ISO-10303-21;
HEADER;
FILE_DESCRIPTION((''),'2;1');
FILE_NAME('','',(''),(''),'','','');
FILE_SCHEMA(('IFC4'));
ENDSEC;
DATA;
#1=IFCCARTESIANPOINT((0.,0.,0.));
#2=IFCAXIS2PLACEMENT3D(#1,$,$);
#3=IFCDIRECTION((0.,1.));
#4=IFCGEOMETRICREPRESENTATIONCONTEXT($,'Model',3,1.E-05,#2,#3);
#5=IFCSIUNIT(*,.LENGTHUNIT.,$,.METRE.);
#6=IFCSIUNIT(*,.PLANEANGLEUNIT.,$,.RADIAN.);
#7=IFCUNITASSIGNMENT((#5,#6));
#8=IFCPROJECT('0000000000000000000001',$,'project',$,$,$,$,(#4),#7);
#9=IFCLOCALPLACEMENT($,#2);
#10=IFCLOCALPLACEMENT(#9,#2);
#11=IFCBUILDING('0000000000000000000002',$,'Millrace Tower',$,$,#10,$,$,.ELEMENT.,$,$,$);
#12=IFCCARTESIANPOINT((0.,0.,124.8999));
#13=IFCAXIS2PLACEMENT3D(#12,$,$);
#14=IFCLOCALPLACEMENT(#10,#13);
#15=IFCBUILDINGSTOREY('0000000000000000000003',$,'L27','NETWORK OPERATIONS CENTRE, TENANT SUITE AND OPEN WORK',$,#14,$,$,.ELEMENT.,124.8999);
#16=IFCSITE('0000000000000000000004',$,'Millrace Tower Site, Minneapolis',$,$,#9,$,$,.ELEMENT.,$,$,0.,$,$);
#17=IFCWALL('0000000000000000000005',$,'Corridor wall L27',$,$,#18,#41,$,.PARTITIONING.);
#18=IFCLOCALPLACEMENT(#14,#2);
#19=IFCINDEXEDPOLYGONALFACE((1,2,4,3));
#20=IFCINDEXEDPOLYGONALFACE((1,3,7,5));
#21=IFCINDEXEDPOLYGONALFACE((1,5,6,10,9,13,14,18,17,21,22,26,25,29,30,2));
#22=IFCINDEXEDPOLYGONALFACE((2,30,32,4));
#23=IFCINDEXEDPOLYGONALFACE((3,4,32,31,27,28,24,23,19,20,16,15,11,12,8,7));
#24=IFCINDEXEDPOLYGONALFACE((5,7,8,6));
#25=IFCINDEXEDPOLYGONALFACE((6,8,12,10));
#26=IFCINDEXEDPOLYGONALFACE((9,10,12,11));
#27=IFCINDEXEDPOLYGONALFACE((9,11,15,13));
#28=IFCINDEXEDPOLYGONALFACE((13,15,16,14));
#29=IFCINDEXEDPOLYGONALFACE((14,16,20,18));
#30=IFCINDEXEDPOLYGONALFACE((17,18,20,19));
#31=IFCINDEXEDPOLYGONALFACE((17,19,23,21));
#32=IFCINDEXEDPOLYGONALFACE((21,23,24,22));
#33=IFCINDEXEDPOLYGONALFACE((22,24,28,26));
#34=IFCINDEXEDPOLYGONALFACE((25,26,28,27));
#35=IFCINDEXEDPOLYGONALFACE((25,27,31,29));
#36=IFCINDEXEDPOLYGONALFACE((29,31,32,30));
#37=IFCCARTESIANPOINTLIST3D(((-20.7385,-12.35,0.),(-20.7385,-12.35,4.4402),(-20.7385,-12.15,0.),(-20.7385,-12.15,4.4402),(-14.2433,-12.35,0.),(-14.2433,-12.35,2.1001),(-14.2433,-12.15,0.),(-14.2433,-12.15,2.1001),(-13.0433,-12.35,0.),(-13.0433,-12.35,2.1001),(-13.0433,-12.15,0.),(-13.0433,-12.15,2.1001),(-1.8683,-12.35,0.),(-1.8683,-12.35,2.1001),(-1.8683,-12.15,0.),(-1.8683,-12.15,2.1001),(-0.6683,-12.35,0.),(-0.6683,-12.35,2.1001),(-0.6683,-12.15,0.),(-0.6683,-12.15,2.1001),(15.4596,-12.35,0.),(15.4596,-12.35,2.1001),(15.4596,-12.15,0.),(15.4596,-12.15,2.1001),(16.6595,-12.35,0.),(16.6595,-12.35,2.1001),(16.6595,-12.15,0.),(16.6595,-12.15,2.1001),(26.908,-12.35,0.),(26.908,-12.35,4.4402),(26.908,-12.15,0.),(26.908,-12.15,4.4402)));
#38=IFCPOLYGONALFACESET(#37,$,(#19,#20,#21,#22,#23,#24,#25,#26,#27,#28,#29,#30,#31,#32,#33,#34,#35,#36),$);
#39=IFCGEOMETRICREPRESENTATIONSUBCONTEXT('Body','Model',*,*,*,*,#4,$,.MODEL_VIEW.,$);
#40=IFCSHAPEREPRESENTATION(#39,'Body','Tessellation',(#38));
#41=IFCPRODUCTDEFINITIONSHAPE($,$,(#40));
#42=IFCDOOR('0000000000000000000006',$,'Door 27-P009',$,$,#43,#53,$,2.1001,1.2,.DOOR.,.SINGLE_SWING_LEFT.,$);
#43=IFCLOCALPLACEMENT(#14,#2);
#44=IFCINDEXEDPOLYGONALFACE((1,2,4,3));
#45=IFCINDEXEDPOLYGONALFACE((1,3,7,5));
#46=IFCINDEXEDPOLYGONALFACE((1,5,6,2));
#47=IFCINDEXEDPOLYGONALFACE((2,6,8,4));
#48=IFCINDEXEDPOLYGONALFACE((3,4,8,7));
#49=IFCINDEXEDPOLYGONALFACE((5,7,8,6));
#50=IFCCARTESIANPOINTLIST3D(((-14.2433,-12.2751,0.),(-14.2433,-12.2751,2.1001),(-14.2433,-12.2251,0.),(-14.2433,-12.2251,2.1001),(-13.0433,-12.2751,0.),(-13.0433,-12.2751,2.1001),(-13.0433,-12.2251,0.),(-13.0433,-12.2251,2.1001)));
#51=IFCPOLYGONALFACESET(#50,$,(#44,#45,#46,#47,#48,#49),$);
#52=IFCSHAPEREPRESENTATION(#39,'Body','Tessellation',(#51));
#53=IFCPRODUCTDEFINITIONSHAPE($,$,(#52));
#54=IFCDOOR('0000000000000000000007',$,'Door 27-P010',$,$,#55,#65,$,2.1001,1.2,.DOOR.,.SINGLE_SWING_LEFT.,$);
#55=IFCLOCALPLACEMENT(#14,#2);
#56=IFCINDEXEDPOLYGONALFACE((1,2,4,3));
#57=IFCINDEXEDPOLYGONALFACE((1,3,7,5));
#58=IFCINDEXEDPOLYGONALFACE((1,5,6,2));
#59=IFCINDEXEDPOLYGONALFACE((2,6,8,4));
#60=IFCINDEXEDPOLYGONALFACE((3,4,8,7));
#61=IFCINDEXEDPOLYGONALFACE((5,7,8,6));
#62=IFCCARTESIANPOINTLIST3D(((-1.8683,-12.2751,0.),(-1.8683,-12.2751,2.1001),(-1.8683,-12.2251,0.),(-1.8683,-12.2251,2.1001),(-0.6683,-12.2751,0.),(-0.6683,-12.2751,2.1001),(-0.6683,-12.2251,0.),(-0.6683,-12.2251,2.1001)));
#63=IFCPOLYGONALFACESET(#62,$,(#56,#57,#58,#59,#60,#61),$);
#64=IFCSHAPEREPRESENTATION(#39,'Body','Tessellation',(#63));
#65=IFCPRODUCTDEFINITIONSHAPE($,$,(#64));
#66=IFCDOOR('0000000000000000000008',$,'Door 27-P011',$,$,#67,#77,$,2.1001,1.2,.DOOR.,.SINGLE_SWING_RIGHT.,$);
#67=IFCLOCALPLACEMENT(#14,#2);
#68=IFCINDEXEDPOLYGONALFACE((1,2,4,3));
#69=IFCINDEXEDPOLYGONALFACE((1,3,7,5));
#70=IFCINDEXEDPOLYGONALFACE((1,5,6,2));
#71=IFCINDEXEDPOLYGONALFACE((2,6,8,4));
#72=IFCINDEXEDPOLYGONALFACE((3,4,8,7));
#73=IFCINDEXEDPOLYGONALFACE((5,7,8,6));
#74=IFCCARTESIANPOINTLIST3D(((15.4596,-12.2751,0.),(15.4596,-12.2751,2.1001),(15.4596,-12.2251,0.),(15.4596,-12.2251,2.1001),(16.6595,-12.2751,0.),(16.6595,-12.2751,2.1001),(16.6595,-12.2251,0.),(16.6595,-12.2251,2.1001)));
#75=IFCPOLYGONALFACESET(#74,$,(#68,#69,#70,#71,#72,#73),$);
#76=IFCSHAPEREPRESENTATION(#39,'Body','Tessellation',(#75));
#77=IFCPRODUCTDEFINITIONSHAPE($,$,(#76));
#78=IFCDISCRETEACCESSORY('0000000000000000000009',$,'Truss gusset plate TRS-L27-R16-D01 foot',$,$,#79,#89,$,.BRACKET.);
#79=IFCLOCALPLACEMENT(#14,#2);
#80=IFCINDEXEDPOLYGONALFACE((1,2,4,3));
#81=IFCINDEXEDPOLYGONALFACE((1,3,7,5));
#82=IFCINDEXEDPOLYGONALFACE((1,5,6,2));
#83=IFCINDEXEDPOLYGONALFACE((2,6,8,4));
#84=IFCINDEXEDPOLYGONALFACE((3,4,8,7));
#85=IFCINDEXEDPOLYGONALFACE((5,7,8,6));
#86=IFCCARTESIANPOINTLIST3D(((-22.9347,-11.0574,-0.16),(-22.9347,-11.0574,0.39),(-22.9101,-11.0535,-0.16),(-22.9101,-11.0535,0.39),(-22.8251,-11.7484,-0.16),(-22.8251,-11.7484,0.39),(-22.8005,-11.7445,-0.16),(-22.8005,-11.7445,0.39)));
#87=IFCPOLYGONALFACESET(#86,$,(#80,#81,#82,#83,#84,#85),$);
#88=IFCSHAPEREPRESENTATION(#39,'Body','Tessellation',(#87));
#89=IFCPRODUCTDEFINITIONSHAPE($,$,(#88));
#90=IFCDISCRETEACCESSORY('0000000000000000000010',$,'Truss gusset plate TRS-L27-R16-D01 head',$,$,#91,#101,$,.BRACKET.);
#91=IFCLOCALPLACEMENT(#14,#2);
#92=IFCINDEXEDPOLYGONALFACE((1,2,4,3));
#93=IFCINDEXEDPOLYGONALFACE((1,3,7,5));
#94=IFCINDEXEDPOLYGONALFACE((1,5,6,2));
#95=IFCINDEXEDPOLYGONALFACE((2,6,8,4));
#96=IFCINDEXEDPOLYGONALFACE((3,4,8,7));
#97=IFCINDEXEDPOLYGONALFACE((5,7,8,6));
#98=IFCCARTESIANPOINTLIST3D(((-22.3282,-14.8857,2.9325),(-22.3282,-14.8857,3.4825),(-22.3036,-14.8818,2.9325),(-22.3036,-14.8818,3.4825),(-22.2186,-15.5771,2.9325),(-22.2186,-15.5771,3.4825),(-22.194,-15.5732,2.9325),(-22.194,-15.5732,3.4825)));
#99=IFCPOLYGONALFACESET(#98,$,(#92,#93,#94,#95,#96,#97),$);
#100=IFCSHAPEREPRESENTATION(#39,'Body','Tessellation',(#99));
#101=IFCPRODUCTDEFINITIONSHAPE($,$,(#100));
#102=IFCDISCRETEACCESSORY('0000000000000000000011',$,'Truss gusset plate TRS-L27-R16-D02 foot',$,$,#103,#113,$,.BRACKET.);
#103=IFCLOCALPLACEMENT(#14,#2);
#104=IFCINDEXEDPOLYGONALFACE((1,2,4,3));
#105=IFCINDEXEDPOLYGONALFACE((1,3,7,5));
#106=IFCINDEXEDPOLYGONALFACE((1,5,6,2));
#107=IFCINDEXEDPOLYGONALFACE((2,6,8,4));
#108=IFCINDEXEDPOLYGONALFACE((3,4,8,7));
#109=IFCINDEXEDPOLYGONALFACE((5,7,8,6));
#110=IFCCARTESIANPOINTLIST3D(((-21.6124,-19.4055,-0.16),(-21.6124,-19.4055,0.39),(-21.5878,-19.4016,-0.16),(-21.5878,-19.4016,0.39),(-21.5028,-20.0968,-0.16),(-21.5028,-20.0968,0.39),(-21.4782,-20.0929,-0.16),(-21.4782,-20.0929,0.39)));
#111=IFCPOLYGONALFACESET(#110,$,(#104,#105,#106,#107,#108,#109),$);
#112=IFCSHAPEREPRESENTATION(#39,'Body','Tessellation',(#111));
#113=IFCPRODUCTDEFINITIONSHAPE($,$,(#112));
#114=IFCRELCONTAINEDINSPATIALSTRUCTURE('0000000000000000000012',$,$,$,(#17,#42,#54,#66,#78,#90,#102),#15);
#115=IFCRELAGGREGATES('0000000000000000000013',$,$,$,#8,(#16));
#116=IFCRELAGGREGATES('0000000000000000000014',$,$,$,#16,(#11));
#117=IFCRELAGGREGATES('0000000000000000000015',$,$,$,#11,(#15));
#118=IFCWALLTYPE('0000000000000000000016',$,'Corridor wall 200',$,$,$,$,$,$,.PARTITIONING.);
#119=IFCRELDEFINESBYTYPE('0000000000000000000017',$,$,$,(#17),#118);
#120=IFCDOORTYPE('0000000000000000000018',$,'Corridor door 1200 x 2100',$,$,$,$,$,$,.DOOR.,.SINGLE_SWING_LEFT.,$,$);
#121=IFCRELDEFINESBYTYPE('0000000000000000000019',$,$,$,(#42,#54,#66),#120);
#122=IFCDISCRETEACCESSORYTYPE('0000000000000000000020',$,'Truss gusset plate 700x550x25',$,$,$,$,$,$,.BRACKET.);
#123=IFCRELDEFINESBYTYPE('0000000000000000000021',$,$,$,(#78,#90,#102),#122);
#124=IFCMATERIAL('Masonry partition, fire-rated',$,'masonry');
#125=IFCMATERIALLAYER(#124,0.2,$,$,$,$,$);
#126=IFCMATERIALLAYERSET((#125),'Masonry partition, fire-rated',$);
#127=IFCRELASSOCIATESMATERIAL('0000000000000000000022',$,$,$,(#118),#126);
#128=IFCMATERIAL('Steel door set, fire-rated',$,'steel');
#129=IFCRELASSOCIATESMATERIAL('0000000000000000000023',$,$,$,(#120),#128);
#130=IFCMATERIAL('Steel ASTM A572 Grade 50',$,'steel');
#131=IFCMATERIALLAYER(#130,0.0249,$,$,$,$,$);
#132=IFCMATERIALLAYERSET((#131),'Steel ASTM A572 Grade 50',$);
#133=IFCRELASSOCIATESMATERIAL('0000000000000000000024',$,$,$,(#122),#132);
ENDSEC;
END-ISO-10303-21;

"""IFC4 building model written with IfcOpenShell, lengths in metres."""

from ifc_helpers import new_model, si_unit, direction, frame, frame_2d, origin, origin_2d, place, context, subcontext, project, spatial, rectangle, extrude, material, layer, layer_set, type_object, element, fill, save


model = new_model("IFC4")

# Units and contexts
model_context = context("Model", 3, precision=1e-05, world=origin(), true_north=direction((0.0, 1.0)))
body_context = subcontext(model_context, "Body", "Model", "MODEL_VIEW")
ifc_project = project(units=[si_unit("LENGTHUNIT", "METRE"), si_unit("PLANEANGLEUNIT", "RADIAN")], contexts=[model_context])

# Site, building, storey
site_placement = place(None, origin())
site = spatial("IfcSite", under=ifc_project, at=site_placement, Name="Millrace Tower Site, Minneapolis", CompositionType="ELEMENT", RefElevation=0.0)
building_placement = place(site_placement, origin())
building = spatial("IfcBuilding", under=site, at=building_placement, Name="Millrace Tower", CompositionType="ELEMENT")
storey_placement = place(building_placement, frame((0.0, 0.0, 124.8999)))
storey = spatial("IfcBuildingStorey", under=building, at=storey_placement, Name="L27", Description="NETWORK OPERATIONS CENTRE, TENANT SUITE AND OPEN WORK", CompositionType="ELEMENT", Elevation=124.8999)

# Wall, openings, doors
ifc_material_1 = material(Name="Masonry partition, fire-rated", Category="masonry")
ifc_layer_1 = layer(ifc_material_1, 0.2)
ifc_layer_set_1 = layer_set([ifc_layer_1], Name="Masonry partition, fire-rated")
wall_type = type_object("IfcWallType", Name="Corridor wall 200", PredefinedType="PARTITIONING", material=ifc_layer_set_1)
wall_placement = place(storey_placement, frame((-20.7385, -12.25, 0.0), z_axis=(0.0, 0.0, 1.0), x_axis=(1.0, 0.0, 0.0)))
wall = element("IfcWall", 1, at=wall_placement, inside=storey, type_object=wall_type, Name="Corridor wall L27", PredefinedType="PARTITIONING", context=body_context, shape_type="SweptSolid", body=[
    extrude(rectangle(XDim=47.6465, YDim=0.2, at=frame_2d((23.8232, 0.0))), origin(), (0.0, 0.0, 1.0), 4.4402),
])
opening_1_placement = place(wall_placement, frame((6.4951, 0.0, 0.0)))
opening_1 = element("IfcOpeningElement", 2, at=opening_1_placement, cuts=wall, PredefinedType="OPENING", context=body_context, shape_type="SweptSolid", body=[
    extrude(rectangle(XDim=1.2, YDim=2.1001, at=frame_2d((0.6001, 1.05))), frame((0.0, 0.1099, 0.0), z_axis=(0.0, -1.0, 0.0), x_axis=(1.0, 0.0, 0.0)), (0.0, 0.0, 1.0), 0.22),
])
opening_2_placement = place(wall_placement, frame((18.8701, 0.0, 0.0)))
opening_2 = element("IfcOpeningElement", 3, at=opening_2_placement, cuts=wall, PredefinedType="OPENING", context=body_context, shape_type="SweptSolid", body=[
    extrude(rectangle(XDim=1.2, YDim=2.1001, at=frame_2d((0.6001, 1.05))), frame((0.0, 0.1099, 0.0), z_axis=(0.0, -1.0, 0.0), x_axis=(1.0, 0.0, 0.0)), (0.0, 0.0, 1.0), 0.22),
])
opening_3_placement = place(wall_placement, frame((36.198, 0.0, 0.0)))
opening_3 = element("IfcOpeningElement", 4, at=opening_3_placement, cuts=wall, PredefinedType="OPENING", context=body_context, shape_type="SweptSolid", body=[
    extrude(rectangle(XDim=1.2, YDim=2.1001, at=frame_2d((0.6001, 1.05))), frame((0.0, 0.1099, 0.0), z_axis=(0.0, -1.0, 0.0), x_axis=(1.0, 0.0, 0.0)), (0.0, 0.0, 1.0), 0.22),
])
ifc_material_2 = material(Name="Steel door set, fire-rated", Category="steel")
door_type = type_object("IfcDoorType", Name="Corridor door 1200 x 2100", OperationType="SINGLE_SWING_LEFT", PredefinedType="DOOR", material=ifc_material_2)
door_1_placement = place(opening_1_placement, origin())
door_1 = element("IfcDoor", 5, at=door_1_placement, inside=storey, type_object=door_type, Name="Door 27-P009", OperationType="SINGLE_SWING_LEFT", OverallHeight=2.1001, OverallWidth=1.2, PredefinedType="DOOR", context=body_context, shape_type="SweptSolid", body=[
    extrude(rectangle(XDim=1.2, YDim=2.1001, at=frame_2d((0.6001, 1.05))), frame((0.0, 0.0249, 0.0), z_axis=(0.0, -1.0, 0.0), x_axis=(1.0, 0.0, 0.0)), (0.0, 0.0, 1.0), 0.05),
])
fill(opening_1, door_1)
door_2_placement = place(opening_2_placement, origin())
door_2 = element("IfcDoor", 6, at=door_2_placement, inside=storey, type_object=door_type, Name="Door 27-P010", OperationType="SINGLE_SWING_LEFT", OverallHeight=2.1001, OverallWidth=1.2, PredefinedType="DOOR", context=body_context, shape_type="SweptSolid", body=[
    extrude(rectangle(XDim=1.2, YDim=2.1001, at=frame_2d((0.6001, 1.05))), frame((0.0, 0.0249, 0.0), z_axis=(0.0, -1.0, 0.0), x_axis=(1.0, 0.0, 0.0)), (0.0, 0.0, 1.0), 0.05),
])
fill(opening_2, door_2)
door_3_placement = place(opening_3_placement, origin())
door_3 = element("IfcDoor", 7, at=door_3_placement, inside=storey, type_object=door_type, Name="Door 27-P011", OperationType="SINGLE_SWING_RIGHT", OverallHeight=2.1001, OverallWidth=1.2, PredefinedType="DOOR", context=body_context, shape_type="SweptSolid", body=[
    extrude(rectangle(XDim=1.2, YDim=2.1001, at=frame_2d((0.6001, 1.05))), frame((0.0, 0.0249, 0.0), z_axis=(0.0, -1.0, 0.0), x_axis=(1.0, 0.0, 0.0)), (0.0, 0.0, 1.0), 0.05),
])
fill(opening_3, door_3)

# Discrete accessories
ifc_material_3 = material(Name="Steel ASTM A572 Grade 50", Category="steel")
ifc_layer_2 = layer(ifc_material_3, 0.0249)
ifc_layer_set_2 = layer_set([ifc_layer_2], Name="Steel ASTM A572 Grade 50")
discrete_accessory_type = type_object("IfcDiscreteAccessoryType", Name="Truss gusset plate 700x550x25", PredefinedType="BRACKET", material=ifc_layer_set_2)
discrete_accessory_placement = place(storey_placement, frame((-22.9224, -11.0554, 0.115), z_axis=(0.156643, -0.987655, 0.0), x_axis=(0.987655, 0.156643, 0.0)))
element("IfcDiscreteAccessory", 8, at=discrete_accessory_placement, inside=storey, type_object=discrete_accessory_type, Name="Truss gusset plate TRS-L27-R16-D01 foot", PredefinedType="BRACKET", context=body_context, shape_type="SweptSolid", body=[
    extrude(rectangle(XDim=0.0249, YDim=0.55, at=origin_2d()), origin(), (0.0, 0.0, 1.0), 0.6997),
])
for number, where, z_axis, x_axis, name in (
    (9, (-22.3159, -14.8838, 3.2075), (0.156589, -0.987664, 0.0), (0.987664, 0.156589, 0.0), "Truss gusset plate TRS-L27-R16-D01 head"),
    (10, (-21.6001, -19.4036, 0.115), (0.156589, -0.987664, 0.0), (0.987664, 0.156589, 0.0), "Truss gusset plate TRS-L27-R16-D02 foot"),
):
    element("IfcDiscreteAccessory", number, at=place(storey_placement, frame(where, z_axis=z_axis, x_axis=x_axis)), inside=storey, type_object=discrete_accessory_type, Name=name, PredefinedType="BRACKET", context=body_context, shape_type="SweptSolid", body=[
        extrude(rectangle(XDim=0.0249, YDim=0.55, at=origin_2d()), origin(), (0.0, 0.0, 1.0), 0.7),
    ])

save(model, "model.ifc")
